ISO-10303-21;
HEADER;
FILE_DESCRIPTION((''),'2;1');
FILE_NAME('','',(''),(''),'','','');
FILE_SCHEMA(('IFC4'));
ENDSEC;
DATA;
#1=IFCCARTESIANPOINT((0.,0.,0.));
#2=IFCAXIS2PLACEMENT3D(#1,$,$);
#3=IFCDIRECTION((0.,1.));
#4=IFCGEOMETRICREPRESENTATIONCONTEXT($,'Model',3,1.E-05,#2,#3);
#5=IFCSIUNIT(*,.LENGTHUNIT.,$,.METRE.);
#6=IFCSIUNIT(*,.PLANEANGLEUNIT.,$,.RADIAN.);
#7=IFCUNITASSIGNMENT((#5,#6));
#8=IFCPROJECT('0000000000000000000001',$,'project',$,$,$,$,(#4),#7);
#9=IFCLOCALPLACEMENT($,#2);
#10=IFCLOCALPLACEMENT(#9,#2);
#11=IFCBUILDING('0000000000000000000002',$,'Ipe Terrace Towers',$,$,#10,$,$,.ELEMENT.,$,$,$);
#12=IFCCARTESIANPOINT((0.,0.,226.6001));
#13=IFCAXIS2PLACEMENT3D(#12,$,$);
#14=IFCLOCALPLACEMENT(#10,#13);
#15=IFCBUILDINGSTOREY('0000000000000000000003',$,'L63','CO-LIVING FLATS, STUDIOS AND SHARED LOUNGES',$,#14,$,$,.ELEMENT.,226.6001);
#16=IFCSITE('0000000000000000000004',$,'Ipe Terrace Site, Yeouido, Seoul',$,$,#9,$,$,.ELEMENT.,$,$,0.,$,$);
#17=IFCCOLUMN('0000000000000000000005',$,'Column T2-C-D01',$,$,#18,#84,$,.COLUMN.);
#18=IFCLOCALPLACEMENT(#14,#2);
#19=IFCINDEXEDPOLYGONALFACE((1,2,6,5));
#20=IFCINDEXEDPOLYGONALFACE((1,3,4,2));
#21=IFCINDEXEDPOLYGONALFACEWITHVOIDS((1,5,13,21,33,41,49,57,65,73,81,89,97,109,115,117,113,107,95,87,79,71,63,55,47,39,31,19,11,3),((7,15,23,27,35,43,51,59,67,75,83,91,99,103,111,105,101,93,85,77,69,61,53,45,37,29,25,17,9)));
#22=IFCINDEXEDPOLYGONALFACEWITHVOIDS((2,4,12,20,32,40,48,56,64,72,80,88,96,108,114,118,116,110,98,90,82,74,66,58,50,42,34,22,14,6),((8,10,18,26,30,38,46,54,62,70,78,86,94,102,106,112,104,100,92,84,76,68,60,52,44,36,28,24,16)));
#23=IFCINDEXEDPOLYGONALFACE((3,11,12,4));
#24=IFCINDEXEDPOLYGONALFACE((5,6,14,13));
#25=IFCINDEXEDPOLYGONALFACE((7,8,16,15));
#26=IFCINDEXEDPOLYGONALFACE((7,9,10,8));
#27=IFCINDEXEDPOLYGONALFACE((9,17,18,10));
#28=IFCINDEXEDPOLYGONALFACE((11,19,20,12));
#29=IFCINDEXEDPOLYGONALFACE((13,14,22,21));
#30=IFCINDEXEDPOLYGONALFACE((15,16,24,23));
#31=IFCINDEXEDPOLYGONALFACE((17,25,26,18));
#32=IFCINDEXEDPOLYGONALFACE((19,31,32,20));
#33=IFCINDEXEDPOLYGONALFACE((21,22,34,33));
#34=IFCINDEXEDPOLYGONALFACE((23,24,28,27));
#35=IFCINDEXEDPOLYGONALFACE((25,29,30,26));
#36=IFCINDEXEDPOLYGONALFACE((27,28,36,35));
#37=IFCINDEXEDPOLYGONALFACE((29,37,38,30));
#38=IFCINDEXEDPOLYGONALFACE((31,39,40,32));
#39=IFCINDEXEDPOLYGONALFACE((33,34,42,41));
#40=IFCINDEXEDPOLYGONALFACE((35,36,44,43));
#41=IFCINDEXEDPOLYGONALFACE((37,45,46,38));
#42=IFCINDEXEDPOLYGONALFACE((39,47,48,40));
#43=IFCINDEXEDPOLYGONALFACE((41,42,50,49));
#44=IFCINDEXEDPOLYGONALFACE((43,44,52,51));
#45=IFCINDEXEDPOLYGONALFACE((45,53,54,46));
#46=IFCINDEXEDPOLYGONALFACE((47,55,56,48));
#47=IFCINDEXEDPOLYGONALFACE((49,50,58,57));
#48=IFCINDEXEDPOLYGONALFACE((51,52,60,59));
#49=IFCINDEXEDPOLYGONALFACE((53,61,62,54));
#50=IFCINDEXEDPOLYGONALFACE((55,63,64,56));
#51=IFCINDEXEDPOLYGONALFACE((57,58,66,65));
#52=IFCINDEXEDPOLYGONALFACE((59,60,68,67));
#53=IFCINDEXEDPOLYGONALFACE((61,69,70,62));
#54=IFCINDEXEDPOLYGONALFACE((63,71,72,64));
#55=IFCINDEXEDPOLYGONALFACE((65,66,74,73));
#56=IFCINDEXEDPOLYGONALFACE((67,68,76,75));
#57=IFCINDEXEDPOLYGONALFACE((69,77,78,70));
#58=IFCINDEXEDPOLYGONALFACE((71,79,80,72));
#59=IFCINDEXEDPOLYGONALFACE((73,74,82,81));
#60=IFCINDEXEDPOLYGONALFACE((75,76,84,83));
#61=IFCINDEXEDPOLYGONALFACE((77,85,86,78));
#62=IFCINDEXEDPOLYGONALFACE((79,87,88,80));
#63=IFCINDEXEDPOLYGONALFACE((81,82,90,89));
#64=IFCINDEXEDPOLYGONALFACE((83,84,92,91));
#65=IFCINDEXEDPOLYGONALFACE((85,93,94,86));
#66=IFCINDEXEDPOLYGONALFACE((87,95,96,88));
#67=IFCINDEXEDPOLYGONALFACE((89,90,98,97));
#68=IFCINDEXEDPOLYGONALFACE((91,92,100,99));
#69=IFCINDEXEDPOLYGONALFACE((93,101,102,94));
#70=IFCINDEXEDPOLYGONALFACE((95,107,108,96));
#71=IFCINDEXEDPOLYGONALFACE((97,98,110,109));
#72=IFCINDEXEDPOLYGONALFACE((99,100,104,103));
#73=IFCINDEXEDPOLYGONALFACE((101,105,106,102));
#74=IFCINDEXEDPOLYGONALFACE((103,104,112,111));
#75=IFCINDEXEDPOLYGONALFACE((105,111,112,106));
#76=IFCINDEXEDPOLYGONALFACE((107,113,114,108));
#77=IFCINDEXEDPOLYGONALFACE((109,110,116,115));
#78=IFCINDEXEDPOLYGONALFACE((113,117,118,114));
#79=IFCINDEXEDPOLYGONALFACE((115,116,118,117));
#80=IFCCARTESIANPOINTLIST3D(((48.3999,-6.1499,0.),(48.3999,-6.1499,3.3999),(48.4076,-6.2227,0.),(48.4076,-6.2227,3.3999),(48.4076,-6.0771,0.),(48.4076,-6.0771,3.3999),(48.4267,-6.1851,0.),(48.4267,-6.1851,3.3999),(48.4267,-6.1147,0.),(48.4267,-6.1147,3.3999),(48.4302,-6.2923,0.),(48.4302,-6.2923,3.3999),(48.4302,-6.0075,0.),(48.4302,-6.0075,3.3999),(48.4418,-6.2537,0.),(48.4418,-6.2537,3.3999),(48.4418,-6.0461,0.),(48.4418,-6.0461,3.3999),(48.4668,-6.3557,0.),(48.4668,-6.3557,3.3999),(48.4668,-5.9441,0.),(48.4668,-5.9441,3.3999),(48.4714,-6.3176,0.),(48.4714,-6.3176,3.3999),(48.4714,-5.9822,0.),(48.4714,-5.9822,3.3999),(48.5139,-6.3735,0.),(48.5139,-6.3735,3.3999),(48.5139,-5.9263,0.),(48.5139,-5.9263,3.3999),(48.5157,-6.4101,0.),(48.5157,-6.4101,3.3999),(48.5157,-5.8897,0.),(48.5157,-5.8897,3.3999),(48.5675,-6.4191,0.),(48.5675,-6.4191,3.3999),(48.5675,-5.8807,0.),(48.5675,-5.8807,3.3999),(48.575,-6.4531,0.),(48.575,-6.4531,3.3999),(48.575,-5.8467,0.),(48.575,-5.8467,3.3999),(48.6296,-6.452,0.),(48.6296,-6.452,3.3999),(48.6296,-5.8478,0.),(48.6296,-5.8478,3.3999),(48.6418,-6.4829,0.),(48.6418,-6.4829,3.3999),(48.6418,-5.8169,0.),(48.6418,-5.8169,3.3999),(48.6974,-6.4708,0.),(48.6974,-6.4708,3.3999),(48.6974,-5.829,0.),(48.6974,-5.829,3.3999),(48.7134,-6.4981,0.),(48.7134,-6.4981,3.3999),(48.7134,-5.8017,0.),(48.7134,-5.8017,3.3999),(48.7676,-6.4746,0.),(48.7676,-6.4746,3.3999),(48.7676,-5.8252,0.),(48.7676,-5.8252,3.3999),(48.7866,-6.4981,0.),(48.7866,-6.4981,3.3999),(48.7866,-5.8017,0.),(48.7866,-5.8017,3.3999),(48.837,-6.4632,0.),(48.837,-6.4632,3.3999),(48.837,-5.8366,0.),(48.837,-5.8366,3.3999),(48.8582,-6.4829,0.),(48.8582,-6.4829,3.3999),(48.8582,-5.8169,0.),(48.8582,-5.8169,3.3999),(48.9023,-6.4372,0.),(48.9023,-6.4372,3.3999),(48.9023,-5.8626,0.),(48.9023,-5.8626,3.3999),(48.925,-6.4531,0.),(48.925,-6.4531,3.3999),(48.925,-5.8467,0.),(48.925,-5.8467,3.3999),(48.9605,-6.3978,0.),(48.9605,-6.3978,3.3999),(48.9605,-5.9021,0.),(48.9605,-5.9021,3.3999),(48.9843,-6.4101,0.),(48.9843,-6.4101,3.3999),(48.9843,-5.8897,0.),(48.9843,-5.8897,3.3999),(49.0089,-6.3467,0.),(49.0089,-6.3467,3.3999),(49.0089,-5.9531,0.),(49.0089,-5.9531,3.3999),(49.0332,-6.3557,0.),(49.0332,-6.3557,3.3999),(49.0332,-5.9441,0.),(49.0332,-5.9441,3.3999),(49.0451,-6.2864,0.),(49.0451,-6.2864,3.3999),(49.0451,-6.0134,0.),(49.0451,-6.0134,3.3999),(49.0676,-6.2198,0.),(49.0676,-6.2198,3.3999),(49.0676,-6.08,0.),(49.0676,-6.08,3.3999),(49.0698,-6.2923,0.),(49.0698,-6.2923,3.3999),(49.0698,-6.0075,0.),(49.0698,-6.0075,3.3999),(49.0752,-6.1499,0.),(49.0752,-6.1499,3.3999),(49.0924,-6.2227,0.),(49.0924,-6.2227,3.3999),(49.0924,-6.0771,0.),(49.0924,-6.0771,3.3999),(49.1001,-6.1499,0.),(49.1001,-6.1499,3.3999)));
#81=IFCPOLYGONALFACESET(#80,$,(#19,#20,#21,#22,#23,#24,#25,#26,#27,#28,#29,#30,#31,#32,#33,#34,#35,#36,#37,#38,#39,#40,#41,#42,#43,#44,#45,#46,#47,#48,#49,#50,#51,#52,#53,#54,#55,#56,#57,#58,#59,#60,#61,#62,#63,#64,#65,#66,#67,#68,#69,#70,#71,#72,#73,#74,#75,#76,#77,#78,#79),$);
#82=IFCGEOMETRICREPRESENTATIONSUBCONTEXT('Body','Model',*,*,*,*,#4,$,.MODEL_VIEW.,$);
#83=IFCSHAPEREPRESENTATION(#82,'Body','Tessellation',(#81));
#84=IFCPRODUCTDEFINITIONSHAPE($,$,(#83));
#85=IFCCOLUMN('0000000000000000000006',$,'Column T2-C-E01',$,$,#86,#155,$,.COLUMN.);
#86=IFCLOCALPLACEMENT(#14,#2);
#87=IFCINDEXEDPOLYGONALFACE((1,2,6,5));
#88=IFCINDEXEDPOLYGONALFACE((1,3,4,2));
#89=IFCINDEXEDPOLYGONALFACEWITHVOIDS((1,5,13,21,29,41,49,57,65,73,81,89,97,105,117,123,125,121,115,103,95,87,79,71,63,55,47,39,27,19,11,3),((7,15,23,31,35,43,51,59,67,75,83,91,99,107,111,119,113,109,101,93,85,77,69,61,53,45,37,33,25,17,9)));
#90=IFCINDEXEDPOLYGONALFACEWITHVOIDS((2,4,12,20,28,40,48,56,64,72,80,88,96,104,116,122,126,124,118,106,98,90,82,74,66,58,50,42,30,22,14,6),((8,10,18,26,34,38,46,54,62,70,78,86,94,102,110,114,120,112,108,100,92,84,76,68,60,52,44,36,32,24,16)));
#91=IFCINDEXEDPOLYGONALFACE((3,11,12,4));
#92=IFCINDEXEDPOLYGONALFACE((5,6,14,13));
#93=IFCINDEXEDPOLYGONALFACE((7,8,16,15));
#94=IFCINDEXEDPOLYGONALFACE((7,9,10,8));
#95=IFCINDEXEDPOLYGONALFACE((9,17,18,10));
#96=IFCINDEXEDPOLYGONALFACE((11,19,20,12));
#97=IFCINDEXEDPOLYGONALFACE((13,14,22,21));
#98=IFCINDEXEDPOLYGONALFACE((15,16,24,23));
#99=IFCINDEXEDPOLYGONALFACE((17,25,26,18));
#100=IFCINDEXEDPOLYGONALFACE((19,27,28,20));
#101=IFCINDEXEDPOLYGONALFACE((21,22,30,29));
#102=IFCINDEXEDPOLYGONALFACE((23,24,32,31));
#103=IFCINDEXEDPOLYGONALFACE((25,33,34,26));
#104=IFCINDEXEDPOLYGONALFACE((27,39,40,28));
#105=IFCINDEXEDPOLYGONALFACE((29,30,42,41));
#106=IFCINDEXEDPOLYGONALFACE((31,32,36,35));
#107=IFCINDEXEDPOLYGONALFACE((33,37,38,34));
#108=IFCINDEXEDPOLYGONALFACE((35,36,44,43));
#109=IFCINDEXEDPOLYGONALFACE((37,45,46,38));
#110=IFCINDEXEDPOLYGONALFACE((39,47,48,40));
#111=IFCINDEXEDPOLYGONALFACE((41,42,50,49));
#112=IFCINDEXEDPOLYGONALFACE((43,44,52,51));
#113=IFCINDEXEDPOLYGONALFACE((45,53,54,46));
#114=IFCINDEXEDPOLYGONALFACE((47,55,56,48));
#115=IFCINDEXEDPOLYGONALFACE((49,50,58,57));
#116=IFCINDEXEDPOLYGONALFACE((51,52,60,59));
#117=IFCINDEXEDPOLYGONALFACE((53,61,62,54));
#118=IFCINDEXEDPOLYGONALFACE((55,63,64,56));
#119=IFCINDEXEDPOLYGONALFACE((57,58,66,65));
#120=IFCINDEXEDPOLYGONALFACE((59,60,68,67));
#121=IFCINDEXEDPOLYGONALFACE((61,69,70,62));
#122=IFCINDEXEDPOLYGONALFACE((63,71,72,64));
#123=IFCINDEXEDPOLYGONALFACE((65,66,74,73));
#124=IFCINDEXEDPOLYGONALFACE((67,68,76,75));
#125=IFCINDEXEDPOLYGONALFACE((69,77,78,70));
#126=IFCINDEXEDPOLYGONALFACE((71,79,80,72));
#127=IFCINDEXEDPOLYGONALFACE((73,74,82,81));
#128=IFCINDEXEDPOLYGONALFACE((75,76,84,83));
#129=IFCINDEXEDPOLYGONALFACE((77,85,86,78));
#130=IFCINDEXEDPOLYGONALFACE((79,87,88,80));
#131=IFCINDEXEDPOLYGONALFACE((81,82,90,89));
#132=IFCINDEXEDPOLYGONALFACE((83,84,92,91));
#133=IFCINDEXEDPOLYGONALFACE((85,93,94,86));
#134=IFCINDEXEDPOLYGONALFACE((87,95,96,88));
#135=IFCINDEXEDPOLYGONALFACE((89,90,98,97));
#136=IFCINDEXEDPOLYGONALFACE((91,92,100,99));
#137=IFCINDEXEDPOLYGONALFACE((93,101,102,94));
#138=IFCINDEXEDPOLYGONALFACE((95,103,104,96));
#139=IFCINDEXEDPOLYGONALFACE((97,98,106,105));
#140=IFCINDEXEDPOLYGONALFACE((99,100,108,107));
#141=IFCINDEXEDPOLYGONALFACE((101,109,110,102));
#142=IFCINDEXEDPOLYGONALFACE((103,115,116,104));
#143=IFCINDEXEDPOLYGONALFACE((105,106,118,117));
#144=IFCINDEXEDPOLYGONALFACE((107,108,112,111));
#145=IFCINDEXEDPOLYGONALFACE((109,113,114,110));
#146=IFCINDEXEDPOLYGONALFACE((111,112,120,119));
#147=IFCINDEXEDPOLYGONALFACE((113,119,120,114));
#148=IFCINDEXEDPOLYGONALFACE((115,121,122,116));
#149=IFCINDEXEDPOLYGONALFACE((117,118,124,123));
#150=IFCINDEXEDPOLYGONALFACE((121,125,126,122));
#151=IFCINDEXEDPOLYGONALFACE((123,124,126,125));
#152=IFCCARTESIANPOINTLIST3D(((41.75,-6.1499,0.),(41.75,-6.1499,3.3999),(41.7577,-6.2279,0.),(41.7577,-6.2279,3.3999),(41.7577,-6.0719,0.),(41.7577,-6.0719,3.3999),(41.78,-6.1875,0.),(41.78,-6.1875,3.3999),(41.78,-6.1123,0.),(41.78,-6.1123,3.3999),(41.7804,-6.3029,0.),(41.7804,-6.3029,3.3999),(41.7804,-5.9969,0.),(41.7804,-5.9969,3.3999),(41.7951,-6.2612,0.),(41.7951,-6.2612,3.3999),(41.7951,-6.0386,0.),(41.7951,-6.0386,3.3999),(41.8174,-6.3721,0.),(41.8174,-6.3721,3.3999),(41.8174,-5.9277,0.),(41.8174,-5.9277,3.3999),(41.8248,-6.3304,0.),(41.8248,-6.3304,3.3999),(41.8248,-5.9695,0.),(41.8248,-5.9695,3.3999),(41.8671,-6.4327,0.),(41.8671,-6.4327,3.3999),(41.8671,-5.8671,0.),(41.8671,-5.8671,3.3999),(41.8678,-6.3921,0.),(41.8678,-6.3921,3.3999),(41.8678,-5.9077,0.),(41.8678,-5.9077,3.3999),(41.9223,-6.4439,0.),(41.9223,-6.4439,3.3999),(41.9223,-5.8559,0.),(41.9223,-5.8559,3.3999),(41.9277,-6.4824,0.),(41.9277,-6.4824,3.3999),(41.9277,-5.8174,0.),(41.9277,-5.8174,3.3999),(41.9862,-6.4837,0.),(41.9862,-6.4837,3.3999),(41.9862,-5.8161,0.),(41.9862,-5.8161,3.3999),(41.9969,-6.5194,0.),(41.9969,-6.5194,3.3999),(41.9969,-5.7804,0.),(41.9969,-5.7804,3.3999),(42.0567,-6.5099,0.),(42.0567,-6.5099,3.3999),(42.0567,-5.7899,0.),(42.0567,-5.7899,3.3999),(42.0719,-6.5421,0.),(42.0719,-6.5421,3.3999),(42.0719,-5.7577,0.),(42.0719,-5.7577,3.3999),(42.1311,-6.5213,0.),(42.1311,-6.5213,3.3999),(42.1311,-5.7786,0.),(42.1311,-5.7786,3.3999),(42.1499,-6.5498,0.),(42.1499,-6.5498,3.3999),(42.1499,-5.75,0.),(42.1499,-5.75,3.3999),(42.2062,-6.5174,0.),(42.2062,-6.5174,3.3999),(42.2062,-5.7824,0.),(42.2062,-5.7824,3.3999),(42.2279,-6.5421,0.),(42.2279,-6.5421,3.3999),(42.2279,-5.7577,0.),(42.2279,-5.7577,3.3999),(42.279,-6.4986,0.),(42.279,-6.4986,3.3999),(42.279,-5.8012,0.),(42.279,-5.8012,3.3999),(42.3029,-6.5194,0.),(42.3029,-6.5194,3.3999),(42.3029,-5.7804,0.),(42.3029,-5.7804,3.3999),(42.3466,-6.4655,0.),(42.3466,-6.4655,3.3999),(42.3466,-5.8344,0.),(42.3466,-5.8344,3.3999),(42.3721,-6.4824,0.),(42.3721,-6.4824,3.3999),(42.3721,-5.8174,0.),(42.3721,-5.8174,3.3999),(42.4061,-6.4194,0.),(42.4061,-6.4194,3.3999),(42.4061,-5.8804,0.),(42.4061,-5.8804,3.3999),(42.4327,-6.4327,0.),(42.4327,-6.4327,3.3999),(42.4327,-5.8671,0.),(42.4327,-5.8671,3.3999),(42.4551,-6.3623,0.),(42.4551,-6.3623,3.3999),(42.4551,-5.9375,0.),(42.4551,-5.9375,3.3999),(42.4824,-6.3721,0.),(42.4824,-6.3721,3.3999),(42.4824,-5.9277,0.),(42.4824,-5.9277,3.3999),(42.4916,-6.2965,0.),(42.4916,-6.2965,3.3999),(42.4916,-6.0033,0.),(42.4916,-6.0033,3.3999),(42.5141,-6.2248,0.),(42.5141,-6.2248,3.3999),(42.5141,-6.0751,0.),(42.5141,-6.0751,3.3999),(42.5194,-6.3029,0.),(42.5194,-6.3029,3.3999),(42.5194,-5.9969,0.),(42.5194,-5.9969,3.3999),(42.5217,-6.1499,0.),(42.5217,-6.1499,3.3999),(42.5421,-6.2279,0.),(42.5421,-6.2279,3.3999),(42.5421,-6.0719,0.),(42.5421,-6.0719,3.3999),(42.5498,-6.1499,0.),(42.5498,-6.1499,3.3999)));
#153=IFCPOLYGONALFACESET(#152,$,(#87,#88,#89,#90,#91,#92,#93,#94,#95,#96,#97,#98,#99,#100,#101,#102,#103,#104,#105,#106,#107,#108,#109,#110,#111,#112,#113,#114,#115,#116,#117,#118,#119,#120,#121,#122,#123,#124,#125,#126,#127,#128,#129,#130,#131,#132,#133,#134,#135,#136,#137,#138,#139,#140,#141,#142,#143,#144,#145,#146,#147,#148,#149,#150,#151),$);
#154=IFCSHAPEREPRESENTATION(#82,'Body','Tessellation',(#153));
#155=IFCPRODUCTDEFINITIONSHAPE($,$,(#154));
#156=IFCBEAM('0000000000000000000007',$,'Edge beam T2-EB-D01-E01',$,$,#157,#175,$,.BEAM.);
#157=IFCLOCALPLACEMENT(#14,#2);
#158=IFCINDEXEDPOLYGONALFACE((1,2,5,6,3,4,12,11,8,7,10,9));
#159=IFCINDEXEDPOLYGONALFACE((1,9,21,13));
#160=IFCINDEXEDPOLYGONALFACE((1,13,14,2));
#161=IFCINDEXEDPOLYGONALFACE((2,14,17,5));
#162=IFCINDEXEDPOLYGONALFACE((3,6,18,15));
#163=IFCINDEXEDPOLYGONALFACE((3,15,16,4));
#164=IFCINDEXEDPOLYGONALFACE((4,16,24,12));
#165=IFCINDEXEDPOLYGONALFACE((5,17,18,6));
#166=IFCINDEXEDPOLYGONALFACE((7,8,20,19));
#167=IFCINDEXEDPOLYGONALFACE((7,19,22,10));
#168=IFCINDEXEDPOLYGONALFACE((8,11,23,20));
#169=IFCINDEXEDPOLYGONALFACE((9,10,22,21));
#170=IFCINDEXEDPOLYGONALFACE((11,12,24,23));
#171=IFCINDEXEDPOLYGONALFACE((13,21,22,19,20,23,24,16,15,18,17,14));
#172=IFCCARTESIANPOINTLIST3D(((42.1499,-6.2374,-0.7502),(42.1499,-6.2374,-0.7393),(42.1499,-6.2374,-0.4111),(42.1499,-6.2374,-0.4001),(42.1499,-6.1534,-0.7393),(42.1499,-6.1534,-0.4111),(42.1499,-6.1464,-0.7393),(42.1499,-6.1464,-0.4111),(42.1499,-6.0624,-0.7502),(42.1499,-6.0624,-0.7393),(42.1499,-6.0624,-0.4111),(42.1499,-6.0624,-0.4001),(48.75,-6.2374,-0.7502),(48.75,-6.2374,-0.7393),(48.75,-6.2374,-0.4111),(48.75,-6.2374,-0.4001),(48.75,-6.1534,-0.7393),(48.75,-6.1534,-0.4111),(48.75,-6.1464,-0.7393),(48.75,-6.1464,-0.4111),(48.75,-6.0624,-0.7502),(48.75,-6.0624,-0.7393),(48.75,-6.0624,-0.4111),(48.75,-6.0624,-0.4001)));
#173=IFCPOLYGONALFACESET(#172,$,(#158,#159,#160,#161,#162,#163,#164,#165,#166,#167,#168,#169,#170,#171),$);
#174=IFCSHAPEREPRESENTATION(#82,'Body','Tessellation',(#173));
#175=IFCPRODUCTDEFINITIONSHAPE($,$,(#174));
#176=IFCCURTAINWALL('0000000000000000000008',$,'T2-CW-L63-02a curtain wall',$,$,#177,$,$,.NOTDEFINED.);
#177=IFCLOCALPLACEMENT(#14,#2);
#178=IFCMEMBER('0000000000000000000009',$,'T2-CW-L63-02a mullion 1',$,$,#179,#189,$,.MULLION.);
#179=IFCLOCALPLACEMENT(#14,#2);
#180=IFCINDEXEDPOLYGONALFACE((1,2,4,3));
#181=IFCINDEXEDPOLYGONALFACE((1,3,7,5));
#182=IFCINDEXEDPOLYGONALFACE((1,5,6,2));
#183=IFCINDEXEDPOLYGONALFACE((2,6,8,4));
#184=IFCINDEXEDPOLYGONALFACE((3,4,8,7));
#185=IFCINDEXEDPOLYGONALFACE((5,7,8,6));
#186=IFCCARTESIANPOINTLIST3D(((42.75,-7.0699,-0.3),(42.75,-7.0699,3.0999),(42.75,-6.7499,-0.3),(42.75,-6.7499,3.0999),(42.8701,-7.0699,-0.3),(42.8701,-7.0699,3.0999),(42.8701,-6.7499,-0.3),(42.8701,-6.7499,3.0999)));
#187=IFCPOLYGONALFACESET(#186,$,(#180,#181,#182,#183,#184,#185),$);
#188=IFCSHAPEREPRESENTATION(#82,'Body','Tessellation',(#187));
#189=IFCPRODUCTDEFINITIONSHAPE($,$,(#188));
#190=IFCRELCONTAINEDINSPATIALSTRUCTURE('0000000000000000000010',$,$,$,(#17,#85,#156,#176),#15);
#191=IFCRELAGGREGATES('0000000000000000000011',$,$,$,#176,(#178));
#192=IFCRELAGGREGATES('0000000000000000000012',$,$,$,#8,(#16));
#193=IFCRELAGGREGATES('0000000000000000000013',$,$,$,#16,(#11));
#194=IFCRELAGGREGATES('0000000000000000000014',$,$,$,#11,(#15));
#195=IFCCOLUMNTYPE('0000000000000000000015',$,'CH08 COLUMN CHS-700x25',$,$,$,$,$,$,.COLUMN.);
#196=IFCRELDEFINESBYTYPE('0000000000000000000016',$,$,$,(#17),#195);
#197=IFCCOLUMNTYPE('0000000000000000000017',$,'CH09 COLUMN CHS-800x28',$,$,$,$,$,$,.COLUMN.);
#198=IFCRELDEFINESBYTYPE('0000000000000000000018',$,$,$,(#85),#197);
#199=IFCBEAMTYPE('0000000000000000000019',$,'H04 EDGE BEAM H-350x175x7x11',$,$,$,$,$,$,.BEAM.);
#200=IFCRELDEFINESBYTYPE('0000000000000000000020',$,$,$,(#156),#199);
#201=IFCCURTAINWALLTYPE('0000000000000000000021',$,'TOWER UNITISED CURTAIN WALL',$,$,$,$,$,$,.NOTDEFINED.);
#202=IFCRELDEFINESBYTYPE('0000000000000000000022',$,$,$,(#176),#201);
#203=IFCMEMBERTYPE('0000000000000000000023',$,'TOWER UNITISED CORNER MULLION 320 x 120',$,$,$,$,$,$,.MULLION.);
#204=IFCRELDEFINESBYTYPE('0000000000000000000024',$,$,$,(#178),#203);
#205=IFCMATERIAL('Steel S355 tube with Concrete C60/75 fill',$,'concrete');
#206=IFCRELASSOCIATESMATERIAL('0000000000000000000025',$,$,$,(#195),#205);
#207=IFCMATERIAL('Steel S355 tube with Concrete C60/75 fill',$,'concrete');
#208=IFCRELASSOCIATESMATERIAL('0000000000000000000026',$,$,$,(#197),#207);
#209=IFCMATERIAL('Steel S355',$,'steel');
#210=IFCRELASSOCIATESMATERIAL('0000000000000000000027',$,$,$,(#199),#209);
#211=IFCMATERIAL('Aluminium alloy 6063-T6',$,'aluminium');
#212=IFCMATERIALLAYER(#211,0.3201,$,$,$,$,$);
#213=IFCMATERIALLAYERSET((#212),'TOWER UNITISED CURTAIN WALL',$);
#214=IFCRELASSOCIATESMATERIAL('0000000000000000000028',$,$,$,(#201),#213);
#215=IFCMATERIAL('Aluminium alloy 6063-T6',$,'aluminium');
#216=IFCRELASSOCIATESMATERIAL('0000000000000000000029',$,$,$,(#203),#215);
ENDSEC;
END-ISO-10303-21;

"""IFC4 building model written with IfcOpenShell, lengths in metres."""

from ifc_helpers import new_model, si_unit, direction, frame, origin, origin_2d, place, context, subcontext, project, spatial, rectangle, hollow_circle, i_section, extrude, material, layer, layer_set, material_profile, profile_set, type_object, element, aggregate, save


model = new_model("IFC4")

# Units and contexts
model_context = context("Model", 3, precision=1e-05, world=origin(), true_north=direction((0.0, 1.0)))
body_context = subcontext(model_context, "Body", "Model", "MODEL_VIEW")
ifc_project = project(units=[si_unit("LENGTHUNIT", "METRE"), si_unit("PLANEANGLEUNIT", "RADIAN")], contexts=[model_context])

# Site, building, storey
site_placement = place(None, origin())
site = spatial("IfcSite", under=ifc_project, at=site_placement, Name="Ipe Terrace Site, Yeouido, Seoul", CompositionType="ELEMENT", RefElevation=0.0)
building_placement = place(site_placement, origin())
building = spatial("IfcBuilding", under=site, at=building_placement, Name="Ipe Terrace Towers", CompositionType="ELEMENT")
storey_placement = place(building_placement, frame((0.0, 0.0, 226.6001)))
storey = spatial("IfcBuildingStorey", under=building, at=storey_placement, Name="L63", Description="CO-LIVING FLATS, STUDIOS AND SHARED LOUNGES", CompositionType="ELEMENT", Elevation=226.6001)

# Columns
ifc_material_1 = material(Name="Steel S355 tube with Concrete C60/75 fill", Category="concrete")
ifc_material_profile_1 = material_profile(ifc_material_1, hollow_circle(Radius=0.3501, WallThickness=0.0249, at=origin_2d()), Name="CHS-700x25")
ifc_profile_set_1 = profile_set([ifc_material_profile_1], Name="Steel S355 tube with Concrete C60/75 fill")
column_type_1 = type_object("IfcColumnType", Name="CH08 COLUMN CHS-700x25", PredefinedType="COLUMN", material=ifc_profile_set_1)
column_1_placement = place(storey_placement, frame((48.75, -6.1499, 0.0), z_axis=(0.0, 0.0, 1.0), x_axis=(1.0, 0.0, 0.0)))
element("IfcColumn", 1, at=column_1_placement, inside=storey, type_object=column_type_1, Name="Column T2-C-D01", PredefinedType="COLUMN", context=body_context, shape_type="SweptSolid", body=[
    extrude(hollow_circle(Radius=0.3501, WallThickness=0.0249, at=origin_2d()), origin(), (0.0, 0.0, 1.0), 3.3999),
])
ifc_material_2 = material(Name="Steel S355 tube with Concrete C60/75 fill", Category="concrete")
ifc_material_profile_2 = material_profile(ifc_material_2, hollow_circle(Radius=0.3999, WallThickness=0.0281, at=origin_2d()), Name="CHS-800x28")
ifc_profile_set_2 = profile_set([ifc_material_profile_2], Name="Steel S355 tube with Concrete C60/75 fill")
column_type_2 = type_object("IfcColumnType", Name="CH09 COLUMN CHS-800x28", PredefinedType="COLUMN", material=ifc_profile_set_2)
column_2_placement = place(storey_placement, frame((42.1499, -6.1499, 0.0), z_axis=(0.0, 0.0, 1.0), x_axis=(1.0, 0.0, 0.0)))
element("IfcColumn", 2, at=column_2_placement, inside=storey, type_object=column_type_2, Name="Column T2-C-E01", PredefinedType="COLUMN", context=body_context, shape_type="SweptSolid", body=[
    extrude(hollow_circle(Radius=0.3999, WallThickness=0.0281, at=origin_2d()), origin(), (0.0, 0.0, 1.0), 3.3999),
])

# Beam
ifc_material_3 = material(Name="Steel S355", Category="steel")
ifc_material_profile_3 = material_profile(ifc_material_3, i_section(OverallWidth=0.175, OverallDepth=0.3501, WebThickness=0.0071, FlangeThickness=0.011, at=origin_2d()), Name="H-350x175x7x11")
ifc_profile_set_3 = profile_set([ifc_material_profile_3], Name="Steel S355")
beam_type = type_object("IfcBeamType", Name="H04 EDGE BEAM H-350x175x7x11", PredefinedType="BEAM", material=ifc_profile_set_3)
beam_placement = place(storey_placement, frame((48.75, -6.1499, -0.5752), z_axis=(-1.0, 0.0, 0.0), x_axis=(0.0, -1.0, 0.0)))
element("IfcBeam", 3, at=beam_placement, inside=storey, type_object=beam_type, Name="Edge beam T2-EB-D01-E01", PredefinedType="BEAM", context=body_context, shape_type="SweptSolid", body=[
    extrude(i_section(OverallWidth=0.175, OverallDepth=0.3501, WebThickness=0.0071, FlangeThickness=0.011, at=origin_2d()), origin(), (0.0, 0.0, 1.0), 6.6001),
])

# Curtain wall, member
ifc_material_4 = material(Name="Aluminium alloy 6063-T6", Category="aluminium")
ifc_layer_1 = layer(ifc_material_4, 0.3201)
ifc_layer_set_1 = layer_set([ifc_layer_1], Name="TOWER UNITISED CURTAIN WALL")
curtain_wall_type = type_object("IfcCurtainWallType", Name="TOWER UNITISED CURTAIN WALL", PredefinedType="NOTDEFINED", material=ifc_layer_set_1)
curtain_wall_1_placement = place(storey_placement, origin())
curtain_wall_1 = element("IfcCurtainWall", 4, at=curtain_wall_1_placement, inside=storey, type_object=curtain_wall_type, Name="T2-CW-L63-02a curtain wall", PredefinedType="NOTDEFINED")
ifc_material_5 = material(Name="Aluminium alloy 6063-T6", Category="aluminium")
ifc_material_profile_4 = material_profile(ifc_material_5, rectangle(XDim=0.3201, YDim=0.1201, at=origin_2d()), Name="TOWER UNITISED CORNER MULLION 320 x 120")
ifc_profile_set_4 = profile_set([ifc_material_profile_4], Name="Aluminium alloy 6063-T6")
member_type = type_object("IfcMemberType", Name="TOWER UNITISED CORNER MULLION 320 x 120", PredefinedType="MULLION", material=ifc_profile_set_4)
member_1_placement = place(storey_placement, frame((42.8101, -6.9099, -0.3), z_axis=(0.0, 0.0, 1.0), x_axis=(0.0, -1.0, 0.0)))
member_1 = element("IfcMember", 5, at=member_1_placement, type_object=member_type, Name="T2-CW-L63-02a mullion 1", PredefinedType="MULLION", context=body_context, shape_type="SweptSolid", body=[
    extrude(rectangle(XDim=0.3201, YDim=0.1201, at=origin_2d()), origin(), (0.0, 0.0, 1.0), 3.3999),
])

aggregate(curtain_wall_1, [member_1])

save(model, "model.ifc")
